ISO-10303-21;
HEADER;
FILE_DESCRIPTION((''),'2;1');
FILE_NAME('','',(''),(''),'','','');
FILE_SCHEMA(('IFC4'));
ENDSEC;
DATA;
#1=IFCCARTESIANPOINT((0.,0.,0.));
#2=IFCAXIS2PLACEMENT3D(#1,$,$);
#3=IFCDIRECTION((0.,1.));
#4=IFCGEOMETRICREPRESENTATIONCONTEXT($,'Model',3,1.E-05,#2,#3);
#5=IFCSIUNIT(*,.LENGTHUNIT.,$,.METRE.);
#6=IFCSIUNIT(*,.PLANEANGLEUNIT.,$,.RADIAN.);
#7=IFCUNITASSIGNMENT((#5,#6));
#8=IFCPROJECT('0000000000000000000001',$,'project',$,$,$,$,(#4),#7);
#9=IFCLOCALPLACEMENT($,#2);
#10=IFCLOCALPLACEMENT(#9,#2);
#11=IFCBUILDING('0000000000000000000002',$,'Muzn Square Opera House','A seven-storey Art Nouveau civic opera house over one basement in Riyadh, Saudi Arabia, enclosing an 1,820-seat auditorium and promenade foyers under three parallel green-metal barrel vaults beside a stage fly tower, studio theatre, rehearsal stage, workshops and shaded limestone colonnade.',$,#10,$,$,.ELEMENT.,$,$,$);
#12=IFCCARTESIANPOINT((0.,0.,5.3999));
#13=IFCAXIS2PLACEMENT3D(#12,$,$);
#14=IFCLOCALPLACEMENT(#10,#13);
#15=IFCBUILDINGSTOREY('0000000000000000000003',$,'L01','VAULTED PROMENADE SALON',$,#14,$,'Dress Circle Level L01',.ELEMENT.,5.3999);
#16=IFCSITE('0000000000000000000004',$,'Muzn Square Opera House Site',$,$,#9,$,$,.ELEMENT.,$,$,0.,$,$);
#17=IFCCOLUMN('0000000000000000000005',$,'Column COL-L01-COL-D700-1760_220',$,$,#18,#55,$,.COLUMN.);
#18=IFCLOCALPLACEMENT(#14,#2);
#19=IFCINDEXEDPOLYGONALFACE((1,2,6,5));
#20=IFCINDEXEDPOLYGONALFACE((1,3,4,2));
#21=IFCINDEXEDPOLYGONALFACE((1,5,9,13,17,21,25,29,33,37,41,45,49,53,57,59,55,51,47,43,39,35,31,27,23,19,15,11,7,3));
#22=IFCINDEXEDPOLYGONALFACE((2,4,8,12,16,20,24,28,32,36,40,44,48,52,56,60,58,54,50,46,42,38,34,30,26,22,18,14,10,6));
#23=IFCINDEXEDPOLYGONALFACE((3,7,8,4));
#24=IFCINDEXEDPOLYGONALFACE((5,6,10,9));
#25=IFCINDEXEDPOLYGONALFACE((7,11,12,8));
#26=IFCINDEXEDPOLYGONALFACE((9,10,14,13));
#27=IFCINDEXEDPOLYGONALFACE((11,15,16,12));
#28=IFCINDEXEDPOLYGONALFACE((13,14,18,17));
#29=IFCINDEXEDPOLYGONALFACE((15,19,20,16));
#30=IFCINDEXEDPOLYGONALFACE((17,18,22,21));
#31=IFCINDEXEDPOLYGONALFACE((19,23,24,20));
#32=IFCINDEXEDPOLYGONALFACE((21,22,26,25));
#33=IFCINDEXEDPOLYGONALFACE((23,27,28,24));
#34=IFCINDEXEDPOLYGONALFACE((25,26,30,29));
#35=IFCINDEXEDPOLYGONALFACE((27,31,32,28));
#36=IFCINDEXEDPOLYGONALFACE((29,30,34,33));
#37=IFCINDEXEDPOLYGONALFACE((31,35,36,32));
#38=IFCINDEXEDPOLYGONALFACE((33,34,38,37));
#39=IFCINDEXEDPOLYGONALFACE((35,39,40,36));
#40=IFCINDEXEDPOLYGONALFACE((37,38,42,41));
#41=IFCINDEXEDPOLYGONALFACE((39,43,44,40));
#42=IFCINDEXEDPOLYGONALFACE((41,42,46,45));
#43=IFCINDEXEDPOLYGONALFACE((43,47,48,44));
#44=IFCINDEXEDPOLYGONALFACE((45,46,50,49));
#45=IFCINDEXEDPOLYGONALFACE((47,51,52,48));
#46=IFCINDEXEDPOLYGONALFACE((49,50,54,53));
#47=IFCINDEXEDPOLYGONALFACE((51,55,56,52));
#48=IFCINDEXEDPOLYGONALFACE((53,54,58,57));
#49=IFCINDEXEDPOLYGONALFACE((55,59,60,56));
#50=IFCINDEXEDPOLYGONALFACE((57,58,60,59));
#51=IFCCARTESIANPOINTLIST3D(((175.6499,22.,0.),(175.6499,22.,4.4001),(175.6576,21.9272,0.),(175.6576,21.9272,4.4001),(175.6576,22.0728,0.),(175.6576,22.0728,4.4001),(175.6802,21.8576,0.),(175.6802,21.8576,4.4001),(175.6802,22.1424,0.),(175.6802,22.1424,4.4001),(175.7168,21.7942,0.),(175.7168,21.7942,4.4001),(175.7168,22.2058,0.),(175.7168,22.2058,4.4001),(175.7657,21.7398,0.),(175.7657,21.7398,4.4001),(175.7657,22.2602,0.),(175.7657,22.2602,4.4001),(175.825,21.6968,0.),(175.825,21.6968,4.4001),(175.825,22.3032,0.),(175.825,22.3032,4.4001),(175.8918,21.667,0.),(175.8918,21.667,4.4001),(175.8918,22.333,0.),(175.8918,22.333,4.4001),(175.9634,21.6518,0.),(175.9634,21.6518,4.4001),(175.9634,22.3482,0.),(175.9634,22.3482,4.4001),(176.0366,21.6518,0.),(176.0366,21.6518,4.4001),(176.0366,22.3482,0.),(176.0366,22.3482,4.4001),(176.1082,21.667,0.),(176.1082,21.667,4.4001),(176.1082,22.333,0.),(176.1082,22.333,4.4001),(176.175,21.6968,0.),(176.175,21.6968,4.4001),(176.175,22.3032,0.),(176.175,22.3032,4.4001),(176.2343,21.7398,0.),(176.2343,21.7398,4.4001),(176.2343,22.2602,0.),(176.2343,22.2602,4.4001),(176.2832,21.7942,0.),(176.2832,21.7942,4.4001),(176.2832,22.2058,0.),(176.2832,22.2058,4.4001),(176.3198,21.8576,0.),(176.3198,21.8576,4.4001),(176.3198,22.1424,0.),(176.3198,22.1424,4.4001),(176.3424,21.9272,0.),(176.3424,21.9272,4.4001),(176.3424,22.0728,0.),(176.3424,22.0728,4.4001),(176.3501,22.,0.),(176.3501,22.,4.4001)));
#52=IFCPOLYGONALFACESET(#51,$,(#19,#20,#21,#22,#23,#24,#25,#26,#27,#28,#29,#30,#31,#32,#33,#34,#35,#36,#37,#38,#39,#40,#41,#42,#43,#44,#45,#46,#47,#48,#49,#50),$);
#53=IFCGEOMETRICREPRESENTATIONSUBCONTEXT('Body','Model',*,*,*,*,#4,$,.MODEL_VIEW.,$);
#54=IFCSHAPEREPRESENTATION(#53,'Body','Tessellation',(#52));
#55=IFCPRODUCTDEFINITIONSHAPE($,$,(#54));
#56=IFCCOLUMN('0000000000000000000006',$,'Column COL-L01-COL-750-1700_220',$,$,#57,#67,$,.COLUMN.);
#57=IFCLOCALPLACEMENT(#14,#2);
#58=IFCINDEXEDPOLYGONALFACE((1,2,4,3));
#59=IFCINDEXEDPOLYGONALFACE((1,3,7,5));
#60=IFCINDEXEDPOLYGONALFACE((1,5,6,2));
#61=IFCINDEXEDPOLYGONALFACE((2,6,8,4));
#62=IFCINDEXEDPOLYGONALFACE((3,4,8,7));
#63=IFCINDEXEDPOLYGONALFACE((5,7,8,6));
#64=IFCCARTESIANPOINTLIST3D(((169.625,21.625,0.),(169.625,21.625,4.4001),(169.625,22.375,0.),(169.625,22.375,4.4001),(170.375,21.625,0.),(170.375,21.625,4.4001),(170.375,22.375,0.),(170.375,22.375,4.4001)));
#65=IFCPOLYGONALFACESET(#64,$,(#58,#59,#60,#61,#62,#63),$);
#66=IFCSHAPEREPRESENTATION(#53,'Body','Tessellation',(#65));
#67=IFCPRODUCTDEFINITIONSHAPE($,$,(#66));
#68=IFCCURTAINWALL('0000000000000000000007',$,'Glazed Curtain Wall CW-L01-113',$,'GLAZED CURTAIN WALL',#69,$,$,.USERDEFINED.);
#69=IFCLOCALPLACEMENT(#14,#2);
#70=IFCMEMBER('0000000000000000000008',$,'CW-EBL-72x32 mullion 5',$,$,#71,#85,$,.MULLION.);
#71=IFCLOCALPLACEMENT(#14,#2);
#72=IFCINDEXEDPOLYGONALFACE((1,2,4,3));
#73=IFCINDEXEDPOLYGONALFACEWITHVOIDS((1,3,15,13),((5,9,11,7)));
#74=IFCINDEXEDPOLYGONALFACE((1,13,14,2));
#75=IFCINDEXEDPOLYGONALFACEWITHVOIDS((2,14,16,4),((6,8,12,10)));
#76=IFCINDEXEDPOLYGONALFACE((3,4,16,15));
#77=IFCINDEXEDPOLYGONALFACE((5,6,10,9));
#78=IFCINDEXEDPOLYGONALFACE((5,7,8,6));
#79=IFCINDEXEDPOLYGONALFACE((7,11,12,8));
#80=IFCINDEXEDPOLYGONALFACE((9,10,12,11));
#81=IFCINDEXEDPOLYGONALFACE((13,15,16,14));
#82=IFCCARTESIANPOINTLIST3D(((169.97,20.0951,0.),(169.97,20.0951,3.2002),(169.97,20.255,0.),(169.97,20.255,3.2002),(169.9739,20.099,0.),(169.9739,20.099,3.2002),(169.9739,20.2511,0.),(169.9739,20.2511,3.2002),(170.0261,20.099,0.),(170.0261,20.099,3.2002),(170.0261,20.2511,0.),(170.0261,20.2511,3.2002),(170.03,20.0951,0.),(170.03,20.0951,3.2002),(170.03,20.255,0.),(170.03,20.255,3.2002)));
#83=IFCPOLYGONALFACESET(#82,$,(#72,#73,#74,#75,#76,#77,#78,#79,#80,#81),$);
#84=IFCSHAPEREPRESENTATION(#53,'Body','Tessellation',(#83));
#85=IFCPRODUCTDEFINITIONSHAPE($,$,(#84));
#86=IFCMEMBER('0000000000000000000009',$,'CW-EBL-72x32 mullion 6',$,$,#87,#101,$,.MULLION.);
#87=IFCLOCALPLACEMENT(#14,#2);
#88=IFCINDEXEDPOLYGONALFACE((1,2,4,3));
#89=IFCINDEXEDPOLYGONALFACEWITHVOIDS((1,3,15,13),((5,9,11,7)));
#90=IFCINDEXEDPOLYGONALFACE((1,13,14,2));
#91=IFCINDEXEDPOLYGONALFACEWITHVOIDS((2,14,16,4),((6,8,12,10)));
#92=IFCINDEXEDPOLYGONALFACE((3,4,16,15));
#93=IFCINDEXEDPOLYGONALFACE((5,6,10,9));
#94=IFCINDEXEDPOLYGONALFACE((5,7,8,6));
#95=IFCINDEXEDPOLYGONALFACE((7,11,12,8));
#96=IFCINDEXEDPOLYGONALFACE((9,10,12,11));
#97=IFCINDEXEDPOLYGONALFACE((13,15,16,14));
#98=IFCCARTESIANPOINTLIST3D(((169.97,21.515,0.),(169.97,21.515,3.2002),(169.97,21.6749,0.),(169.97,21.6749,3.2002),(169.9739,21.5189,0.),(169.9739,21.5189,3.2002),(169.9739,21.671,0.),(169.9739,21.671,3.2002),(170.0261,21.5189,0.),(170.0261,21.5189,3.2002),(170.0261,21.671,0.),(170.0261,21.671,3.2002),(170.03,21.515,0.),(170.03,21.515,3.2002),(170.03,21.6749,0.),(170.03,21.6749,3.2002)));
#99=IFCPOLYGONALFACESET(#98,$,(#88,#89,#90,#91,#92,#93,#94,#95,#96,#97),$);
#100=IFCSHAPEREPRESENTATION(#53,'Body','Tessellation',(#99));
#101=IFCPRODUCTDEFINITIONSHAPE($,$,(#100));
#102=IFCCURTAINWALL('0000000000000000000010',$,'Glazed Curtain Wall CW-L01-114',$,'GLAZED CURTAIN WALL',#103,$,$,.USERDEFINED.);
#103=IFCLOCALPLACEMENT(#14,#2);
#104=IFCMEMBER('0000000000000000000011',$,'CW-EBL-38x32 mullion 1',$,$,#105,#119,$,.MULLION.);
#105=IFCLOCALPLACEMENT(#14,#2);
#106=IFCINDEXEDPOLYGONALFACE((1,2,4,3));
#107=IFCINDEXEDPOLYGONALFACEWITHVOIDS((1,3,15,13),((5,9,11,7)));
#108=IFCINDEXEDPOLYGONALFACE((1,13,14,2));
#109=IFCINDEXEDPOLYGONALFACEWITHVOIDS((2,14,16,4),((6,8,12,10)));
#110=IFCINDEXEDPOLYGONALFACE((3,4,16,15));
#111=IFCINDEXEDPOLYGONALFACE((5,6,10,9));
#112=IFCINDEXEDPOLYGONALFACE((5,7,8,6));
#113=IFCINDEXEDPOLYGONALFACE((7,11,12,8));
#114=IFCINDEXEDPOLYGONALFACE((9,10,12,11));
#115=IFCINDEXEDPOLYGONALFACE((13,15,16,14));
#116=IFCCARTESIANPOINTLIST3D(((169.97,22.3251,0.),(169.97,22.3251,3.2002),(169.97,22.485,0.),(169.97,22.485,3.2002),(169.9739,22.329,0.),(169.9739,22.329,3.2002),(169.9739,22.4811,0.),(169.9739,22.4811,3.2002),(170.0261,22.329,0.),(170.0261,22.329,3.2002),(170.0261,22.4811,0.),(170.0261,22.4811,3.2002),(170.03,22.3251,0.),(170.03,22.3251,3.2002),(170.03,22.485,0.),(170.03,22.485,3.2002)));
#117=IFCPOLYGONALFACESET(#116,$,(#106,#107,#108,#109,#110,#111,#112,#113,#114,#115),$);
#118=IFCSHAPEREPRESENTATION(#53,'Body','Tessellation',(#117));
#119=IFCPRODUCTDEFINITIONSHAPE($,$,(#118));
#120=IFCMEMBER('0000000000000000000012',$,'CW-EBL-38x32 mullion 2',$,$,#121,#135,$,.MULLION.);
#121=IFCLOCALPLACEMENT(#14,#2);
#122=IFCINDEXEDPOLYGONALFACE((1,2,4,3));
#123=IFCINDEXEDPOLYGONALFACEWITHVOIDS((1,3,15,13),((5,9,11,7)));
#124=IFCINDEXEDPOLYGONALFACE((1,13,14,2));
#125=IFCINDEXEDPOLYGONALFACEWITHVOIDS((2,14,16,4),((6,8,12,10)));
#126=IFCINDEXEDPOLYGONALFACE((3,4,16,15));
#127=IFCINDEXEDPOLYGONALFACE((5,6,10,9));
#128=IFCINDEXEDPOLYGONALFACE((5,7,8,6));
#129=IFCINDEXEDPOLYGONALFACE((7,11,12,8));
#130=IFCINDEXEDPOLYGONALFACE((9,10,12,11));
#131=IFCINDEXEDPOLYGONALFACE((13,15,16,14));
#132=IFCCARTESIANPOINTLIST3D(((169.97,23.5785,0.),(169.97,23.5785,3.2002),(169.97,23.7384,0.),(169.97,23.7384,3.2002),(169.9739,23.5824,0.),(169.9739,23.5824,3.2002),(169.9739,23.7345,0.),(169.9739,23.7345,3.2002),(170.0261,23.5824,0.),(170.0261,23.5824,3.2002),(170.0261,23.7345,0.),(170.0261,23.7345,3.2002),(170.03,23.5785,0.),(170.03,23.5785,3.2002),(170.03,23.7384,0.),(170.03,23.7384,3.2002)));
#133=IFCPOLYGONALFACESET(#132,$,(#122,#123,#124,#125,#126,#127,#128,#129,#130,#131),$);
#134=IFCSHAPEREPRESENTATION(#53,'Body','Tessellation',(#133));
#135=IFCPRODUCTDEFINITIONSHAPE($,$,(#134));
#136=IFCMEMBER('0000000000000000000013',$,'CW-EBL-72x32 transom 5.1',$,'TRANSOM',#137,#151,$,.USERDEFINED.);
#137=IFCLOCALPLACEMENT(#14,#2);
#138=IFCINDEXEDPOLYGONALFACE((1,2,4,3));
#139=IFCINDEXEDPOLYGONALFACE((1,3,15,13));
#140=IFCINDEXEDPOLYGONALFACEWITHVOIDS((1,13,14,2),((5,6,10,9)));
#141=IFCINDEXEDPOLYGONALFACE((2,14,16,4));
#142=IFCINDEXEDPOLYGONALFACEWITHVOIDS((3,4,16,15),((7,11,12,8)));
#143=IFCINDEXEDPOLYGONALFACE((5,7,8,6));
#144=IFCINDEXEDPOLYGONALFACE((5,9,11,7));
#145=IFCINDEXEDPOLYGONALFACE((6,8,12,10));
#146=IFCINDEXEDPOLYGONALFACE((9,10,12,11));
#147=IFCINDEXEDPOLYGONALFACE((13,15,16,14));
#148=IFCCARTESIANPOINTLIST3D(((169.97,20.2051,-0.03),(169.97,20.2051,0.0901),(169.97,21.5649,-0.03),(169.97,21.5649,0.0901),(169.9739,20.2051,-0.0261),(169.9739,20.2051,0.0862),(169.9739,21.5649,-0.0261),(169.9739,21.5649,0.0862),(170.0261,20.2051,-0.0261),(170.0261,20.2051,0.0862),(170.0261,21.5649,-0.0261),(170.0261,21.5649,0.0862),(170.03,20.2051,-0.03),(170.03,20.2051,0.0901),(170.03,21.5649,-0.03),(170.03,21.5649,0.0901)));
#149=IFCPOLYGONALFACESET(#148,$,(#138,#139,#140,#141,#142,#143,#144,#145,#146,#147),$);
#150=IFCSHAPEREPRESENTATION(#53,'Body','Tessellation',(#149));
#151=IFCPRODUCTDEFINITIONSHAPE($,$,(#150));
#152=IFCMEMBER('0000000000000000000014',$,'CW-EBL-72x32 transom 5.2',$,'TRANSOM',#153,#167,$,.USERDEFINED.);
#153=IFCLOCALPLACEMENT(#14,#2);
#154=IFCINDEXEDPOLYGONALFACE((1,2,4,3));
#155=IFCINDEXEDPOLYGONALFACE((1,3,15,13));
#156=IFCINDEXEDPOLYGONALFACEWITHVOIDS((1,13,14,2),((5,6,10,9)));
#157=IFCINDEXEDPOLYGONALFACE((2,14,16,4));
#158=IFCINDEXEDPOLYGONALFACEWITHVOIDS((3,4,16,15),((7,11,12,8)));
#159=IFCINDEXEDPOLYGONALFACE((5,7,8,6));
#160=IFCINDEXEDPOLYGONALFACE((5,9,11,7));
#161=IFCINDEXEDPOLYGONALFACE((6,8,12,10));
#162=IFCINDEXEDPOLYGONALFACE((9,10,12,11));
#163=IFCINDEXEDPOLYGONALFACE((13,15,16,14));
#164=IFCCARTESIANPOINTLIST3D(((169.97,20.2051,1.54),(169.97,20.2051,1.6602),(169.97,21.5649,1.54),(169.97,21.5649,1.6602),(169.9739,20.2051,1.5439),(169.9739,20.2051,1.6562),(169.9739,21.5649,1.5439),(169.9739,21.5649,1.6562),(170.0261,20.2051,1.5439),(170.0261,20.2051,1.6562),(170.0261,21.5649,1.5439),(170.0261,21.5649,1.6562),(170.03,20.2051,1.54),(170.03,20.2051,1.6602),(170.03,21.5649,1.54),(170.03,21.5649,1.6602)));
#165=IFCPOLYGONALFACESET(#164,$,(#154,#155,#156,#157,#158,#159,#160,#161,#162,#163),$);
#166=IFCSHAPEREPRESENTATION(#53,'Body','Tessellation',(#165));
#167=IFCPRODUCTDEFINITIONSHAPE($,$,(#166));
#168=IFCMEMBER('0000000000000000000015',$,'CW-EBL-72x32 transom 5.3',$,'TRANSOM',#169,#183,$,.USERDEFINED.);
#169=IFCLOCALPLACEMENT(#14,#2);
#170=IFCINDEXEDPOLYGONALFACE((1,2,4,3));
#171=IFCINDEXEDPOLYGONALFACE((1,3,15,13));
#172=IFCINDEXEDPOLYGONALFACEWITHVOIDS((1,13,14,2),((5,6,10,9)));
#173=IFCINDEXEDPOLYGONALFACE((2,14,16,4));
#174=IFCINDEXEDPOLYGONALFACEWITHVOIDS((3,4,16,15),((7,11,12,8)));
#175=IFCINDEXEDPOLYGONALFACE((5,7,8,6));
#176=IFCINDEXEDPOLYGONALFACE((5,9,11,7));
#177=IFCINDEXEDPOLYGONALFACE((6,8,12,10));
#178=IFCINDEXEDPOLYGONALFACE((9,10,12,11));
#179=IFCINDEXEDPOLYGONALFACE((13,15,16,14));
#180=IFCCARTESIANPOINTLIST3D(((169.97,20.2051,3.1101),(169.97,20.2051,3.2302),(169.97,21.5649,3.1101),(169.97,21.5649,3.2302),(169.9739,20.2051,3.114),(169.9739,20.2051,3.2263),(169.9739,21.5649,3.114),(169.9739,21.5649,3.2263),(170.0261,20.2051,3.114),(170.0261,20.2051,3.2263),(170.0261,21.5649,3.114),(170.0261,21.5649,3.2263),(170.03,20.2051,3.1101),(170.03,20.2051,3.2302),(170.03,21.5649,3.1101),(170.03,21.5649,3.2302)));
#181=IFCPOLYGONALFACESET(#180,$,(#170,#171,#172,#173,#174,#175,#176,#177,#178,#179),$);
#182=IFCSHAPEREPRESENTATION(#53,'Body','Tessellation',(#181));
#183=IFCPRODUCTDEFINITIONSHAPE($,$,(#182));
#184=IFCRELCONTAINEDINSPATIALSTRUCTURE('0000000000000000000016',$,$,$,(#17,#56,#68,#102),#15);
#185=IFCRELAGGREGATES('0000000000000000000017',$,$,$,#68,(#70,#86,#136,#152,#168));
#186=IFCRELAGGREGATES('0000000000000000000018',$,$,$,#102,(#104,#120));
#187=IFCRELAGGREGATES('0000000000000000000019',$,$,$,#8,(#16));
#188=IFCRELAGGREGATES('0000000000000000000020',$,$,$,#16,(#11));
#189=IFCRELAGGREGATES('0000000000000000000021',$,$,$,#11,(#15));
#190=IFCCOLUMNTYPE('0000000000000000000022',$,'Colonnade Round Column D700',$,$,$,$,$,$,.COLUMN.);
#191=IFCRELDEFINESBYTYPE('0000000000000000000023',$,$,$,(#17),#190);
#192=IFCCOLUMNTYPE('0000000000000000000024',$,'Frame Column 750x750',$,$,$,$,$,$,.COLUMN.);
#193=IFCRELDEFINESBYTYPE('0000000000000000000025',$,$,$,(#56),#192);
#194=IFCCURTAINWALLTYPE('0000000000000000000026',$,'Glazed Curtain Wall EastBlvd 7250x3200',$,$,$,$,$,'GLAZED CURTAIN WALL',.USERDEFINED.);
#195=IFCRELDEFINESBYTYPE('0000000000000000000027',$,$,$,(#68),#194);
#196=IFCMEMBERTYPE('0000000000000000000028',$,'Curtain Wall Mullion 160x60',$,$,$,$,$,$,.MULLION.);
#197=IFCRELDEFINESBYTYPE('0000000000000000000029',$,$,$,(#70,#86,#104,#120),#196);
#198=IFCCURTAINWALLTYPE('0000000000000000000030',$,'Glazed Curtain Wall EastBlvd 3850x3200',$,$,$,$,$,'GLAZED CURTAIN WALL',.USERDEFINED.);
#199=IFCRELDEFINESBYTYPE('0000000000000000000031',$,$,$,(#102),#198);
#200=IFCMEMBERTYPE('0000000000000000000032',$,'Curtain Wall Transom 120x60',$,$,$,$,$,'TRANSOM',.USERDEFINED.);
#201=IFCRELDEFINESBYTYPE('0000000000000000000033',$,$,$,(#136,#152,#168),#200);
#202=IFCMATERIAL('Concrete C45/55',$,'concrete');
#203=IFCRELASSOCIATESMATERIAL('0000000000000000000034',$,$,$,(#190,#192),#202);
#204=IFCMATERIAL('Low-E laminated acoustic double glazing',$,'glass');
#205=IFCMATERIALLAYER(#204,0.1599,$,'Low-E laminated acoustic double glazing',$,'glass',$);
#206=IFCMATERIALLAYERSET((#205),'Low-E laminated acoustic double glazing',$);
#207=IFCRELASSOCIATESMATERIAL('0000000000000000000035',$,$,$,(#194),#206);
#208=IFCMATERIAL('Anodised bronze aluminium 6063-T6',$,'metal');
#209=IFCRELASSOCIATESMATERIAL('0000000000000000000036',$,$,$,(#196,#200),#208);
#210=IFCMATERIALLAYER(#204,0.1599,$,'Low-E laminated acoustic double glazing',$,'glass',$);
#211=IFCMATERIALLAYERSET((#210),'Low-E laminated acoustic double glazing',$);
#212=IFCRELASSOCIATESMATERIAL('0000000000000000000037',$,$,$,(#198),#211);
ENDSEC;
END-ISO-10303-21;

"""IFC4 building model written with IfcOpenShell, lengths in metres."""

from ifc_helpers import new_model, si_unit, direction, frame, origin, origin_2d, place, context, subcontext, project, spatial, rectangle, hollow_rectangle, circle, extrude, material, layer, layer_set, material_profile, profile_set, type_object, element, aggregate, save


model = new_model("IFC4")

# Units and contexts
model_context = context("Model", 3, precision=1e-05, world=origin(), true_north=direction((0.0, 1.0)))
body_context = subcontext(model_context, "Body", "Model", "MODEL_VIEW")
ifc_project = project(units=[si_unit("LENGTHUNIT", "METRE"), si_unit("PLANEANGLEUNIT", "RADIAN")], contexts=[model_context])

# Site, building, storey
site_placement = place(None, origin())
site = spatial("IfcSite", under=ifc_project, at=site_placement, Name="Muzn Square Opera House Site", CompositionType="ELEMENT", RefElevation=0.0)
building_placement = place(site_placement, origin())
building = spatial("IfcBuilding", under=site, at=building_placement, Name="Muzn Square Opera House", Description="A seven-storey Art Nouveau civic opera house over one basement in Riyadh, Saudi Arabia, enclosing an 1,820-seat auditorium and promenade foyers under three parallel green-metal barrel vaults beside a stage fly tower, studio theatre, rehearsal stage, workshops and shaded limestone colonnade.", CompositionType="ELEMENT")
storey_placement = place(building_placement, frame((0.0, 0.0, 5.3999)))
storey = spatial("IfcBuildingStorey", under=building, at=storey_placement, Name="L01", Description="VAULTED PROMENADE SALON", LongName="Dress Circle Level L01", CompositionType="ELEMENT", Elevation=5.3999)

# Columns
ifc_material_1 = material(Name="Concrete C45/55", Category="concrete")
ifc_material_profile_1 = material_profile(ifc_material_1, circle(Radius=0.3501, at=origin_2d()), Name="RCC D700", Category="concrete")
ifc_profile_set_1 = profile_set([ifc_material_profile_1], Name="Concrete C45/55")
column_type_1 = type_object("IfcColumnType", Name="Colonnade Round Column D700", PredefinedType="COLUMN", material=ifc_profile_set_1)
column_1_placement = place(storey_placement, frame((176.0, 22.0, 0.0), z_axis=(0.0, 0.0, 1.0), x_axis=(1.0, 0.0, 0.0)))
element("IfcColumn", 1, at=column_1_placement, inside=storey, type_object=column_type_1, Name="Column COL-L01-COL-D700-1760_220", PredefinedType="COLUMN", context=body_context, shape_type="SweptSolid", body=[
    extrude(circle(Radius=0.3501, at=origin_2d()), origin(), (0.0, 0.0, 1.0), 4.4001),
])
ifc_material_profile_2 = material_profile(ifc_material_1, rectangle(XDim=0.75, YDim=0.75, at=origin_2d()), Name="RC 750x750", Category="concrete")
ifc_profile_set_2 = profile_set([ifc_material_profile_2], Name="Concrete C45/55")
column_type_2 = type_object("IfcColumnType", Name="Frame Column 750x750", PredefinedType="COLUMN", material=ifc_profile_set_2)
column_2_placement = place(storey_placement, frame((170.0, 22.0, 0.0), z_axis=(0.0, 0.0, 1.0), x_axis=(1.0, 0.0, 0.0)))
element("IfcColumn", 2, at=column_2_placement, inside=storey, type_object=column_type_2, Name="Column COL-L01-COL-750-1700_220", PredefinedType="COLUMN", context=body_context, shape_type="SweptSolid", body=[
    extrude(rectangle(XDim=0.75, YDim=0.75, at=origin_2d()), origin(), (0.0, 0.0, 1.0), 4.4001),
])

# Curtain walls, members
ifc_material_2 = material(Name="Low-E laminated acoustic double glazing", Category="glass")
ifc_layer_1 = layer(ifc_material_2, 0.1599, Name="Low-E laminated acoustic double glazing", Category="glass")
ifc_layer_set_1 = layer_set([ifc_layer_1], Name="Low-E laminated acoustic double glazing")
curtain_wall_type_1 = type_object("IfcCurtainWallType", Name="Glazed Curtain Wall EastBlvd 7250x3200", ElementType="GLAZED CURTAIN WALL", PredefinedType="USERDEFINED", material=ifc_layer_set_1)
curtain_wall_1_placement = place(storey_placement, origin())
curtain_wall_1 = element("IfcCurtainWall", 3, at=curtain_wall_1_placement, inside=storey, type_object=curtain_wall_type_1, Name="Glazed Curtain Wall CW-L01-113", ObjectType="GLAZED CURTAIN WALL", PredefinedType="USERDEFINED")
ifc_material_3 = material(Name="Anodised bronze aluminium 6063-T6", Category="metal")
ifc_material_profile_3 = material_profile(ifc_material_3, hollow_rectangle(XDim=0.0601, YDim=0.1599, WallThickness=0.0039, at=origin_2d()), Name="ALU 160x60x4", Category="metal")
ifc_profile_set_3 = profile_set([ifc_material_profile_3], Name="Anodised bronze aluminium 6063-T6")
member_type_1 = type_object("IfcMemberType", Name="Curtain Wall Mullion 160x60", PredefinedType="MULLION", material=ifc_profile_set_3)
member_1_placement = place(storey_placement, frame((170.0, 20.175, 0.0), z_axis=(0.0, 0.0, 1.0), x_axis=(-1.0, 0.0, 0.0)))
member_1 = element("IfcMember", 4, at=member_1_placement, type_object=member_type_1, Name="CW-EBL-72x32 mullion 5", PredefinedType="MULLION", context=body_context, shape_type="SweptSolid", body=[
    extrude(hollow_rectangle(XDim=0.0601, YDim=0.1599, WallThickness=0.0039, at=origin_2d()), origin(), (0.0, 0.0, 1.0), 3.2002),
])
member_2_placement = place(storey_placement, frame((170.0, 21.595, 0.0), z_axis=(0.0, 0.0, 1.0), x_axis=(-1.0, 0.0, 0.0)))
member_2 = element("IfcMember", 5, at=member_2_placement, type_object=member_type_1, Name="CW-EBL-72x32 mullion 6", PredefinedType="MULLION", context=body_context, shape_type="SweptSolid", body=[
    extrude(hollow_rectangle(XDim=0.0601, YDim=0.1599, WallThickness=0.0039, at=origin_2d()), origin(), (0.0, 0.0, 1.0), 3.2002),
])
ifc_layer_2 = layer(ifc_material_2, 0.1599, Name="Low-E laminated acoustic double glazing", Category="glass")
ifc_layer_set_2 = layer_set([ifc_layer_2], Name="Low-E laminated acoustic double glazing")
curtain_wall_type_2 = type_object("IfcCurtainWallType", Name="Glazed Curtain Wall EastBlvd 3850x3200", ElementType="GLAZED CURTAIN WALL", PredefinedType="USERDEFINED", material=ifc_layer_set_2)
curtain_wall_2_placement = place(storey_placement, origin())
curtain_wall_2 = element("IfcCurtainWall", 6, at=curtain_wall_2_placement, inside=storey, type_object=curtain_wall_type_2, Name="Glazed Curtain Wall CW-L01-114", ObjectType="GLAZED CURTAIN WALL", PredefinedType="USERDEFINED")
member_3_placement = place(storey_placement, frame((170.0, 22.405, 0.0), z_axis=(0.0, 0.0, 1.0), x_axis=(-1.0, 0.0, 0.0)))
member_3 = element("IfcMember", 7, at=member_3_placement, type_object=member_type_1, Name="CW-EBL-38x32 mullion 1", PredefinedType="MULLION", context=body_context, shape_type="SweptSolid", body=[
    extrude(hollow_rectangle(XDim=0.0601, YDim=0.1599, WallThickness=0.0039, at=origin_2d()), origin(), (0.0, 0.0, 1.0), 3.2002),
])
member_4_placement = place(storey_placement, frame((170.0, 23.6584, 0.0), z_axis=(0.0, 0.0, 1.0), x_axis=(-1.0, 0.0, 0.0)))
member_4 = element("IfcMember", 8, at=member_4_placement, type_object=member_type_1, Name="CW-EBL-38x32 mullion 2", PredefinedType="MULLION", context=body_context, shape_type="SweptSolid", body=[
    extrude(hollow_rectangle(XDim=0.0601, YDim=0.1599, WallThickness=0.0039, at=origin_2d()), origin(), (0.0, 0.0, 1.0), 3.2002),
])

# Members
ifc_material_profile_4 = material_profile(ifc_material_3, hollow_rectangle(XDim=0.0601, YDim=0.1201, WallThickness=0.0039, at=origin_2d()), Name="ALU 120x60x4", Category="metal")
ifc_profile_set_4 = profile_set([ifc_material_profile_4], Name="Anodised bronze aluminium 6063-T6")
member_type_2 = type_object("IfcMemberType", Name="Curtain Wall Transom 120x60", ElementType="TRANSOM", PredefinedType="USERDEFINED", material=ifc_profile_set_4)
member_5_placement = place(storey_placement, frame((170.0, 20.2051, 0.03), z_axis=(0.0, 1.0, 0.0), x_axis=(-1.0, 0.0, 0.0)))
member_5 = element("IfcMember", 9, at=member_5_placement, type_object=member_type_2, Name="CW-EBL-72x32 transom 5.1", ObjectType="TRANSOM", PredefinedType="USERDEFINED", context=body_context, shape_type="SweptSolid", body=[
    extrude(hollow_rectangle(XDim=0.0601, YDim=0.1201, WallThickness=0.0039, at=origin_2d()), origin(), (0.0, 0.0, 1.0), 1.3599),
])
member_6_placement = place(storey_placement, frame((170.0, 20.2051, 1.6001), z_axis=(0.0, 1.0, 0.0), x_axis=(-1.0, 0.0, 0.0)))
member_6 = element("IfcMember", 10, at=member_6_placement, type_object=member_type_2, Name="CW-EBL-72x32 transom 5.2", ObjectType="TRANSOM", PredefinedType="USERDEFINED", context=body_context, shape_type="SweptSolid", body=[
    extrude(hollow_rectangle(XDim=0.0601, YDim=0.1201, WallThickness=0.0039, at=origin_2d()), origin(), (0.0, 0.0, 1.0), 1.3599),
])
member_7_placement = place(storey_placement, frame((170.0, 20.2051, 3.1702), z_axis=(0.0, 1.0, 0.0), x_axis=(-1.0, 0.0, 0.0)))
member_7 = element("IfcMember", 11, at=member_7_placement, type_object=member_type_2, Name="CW-EBL-72x32 transom 5.3", ObjectType="TRANSOM", PredefinedType="USERDEFINED", context=body_context, shape_type="SweptSolid", body=[
    extrude(hollow_rectangle(XDim=0.0601, YDim=0.1201, WallThickness=0.0039, at=origin_2d()), origin(), (0.0, 0.0, 1.0), 1.3599),
])

aggregate(curtain_wall_1, [member_1, member_2, member_5, member_6, member_7])
aggregate(curtain_wall_2, [member_3, member_4])

save(model, "model.ifc")
